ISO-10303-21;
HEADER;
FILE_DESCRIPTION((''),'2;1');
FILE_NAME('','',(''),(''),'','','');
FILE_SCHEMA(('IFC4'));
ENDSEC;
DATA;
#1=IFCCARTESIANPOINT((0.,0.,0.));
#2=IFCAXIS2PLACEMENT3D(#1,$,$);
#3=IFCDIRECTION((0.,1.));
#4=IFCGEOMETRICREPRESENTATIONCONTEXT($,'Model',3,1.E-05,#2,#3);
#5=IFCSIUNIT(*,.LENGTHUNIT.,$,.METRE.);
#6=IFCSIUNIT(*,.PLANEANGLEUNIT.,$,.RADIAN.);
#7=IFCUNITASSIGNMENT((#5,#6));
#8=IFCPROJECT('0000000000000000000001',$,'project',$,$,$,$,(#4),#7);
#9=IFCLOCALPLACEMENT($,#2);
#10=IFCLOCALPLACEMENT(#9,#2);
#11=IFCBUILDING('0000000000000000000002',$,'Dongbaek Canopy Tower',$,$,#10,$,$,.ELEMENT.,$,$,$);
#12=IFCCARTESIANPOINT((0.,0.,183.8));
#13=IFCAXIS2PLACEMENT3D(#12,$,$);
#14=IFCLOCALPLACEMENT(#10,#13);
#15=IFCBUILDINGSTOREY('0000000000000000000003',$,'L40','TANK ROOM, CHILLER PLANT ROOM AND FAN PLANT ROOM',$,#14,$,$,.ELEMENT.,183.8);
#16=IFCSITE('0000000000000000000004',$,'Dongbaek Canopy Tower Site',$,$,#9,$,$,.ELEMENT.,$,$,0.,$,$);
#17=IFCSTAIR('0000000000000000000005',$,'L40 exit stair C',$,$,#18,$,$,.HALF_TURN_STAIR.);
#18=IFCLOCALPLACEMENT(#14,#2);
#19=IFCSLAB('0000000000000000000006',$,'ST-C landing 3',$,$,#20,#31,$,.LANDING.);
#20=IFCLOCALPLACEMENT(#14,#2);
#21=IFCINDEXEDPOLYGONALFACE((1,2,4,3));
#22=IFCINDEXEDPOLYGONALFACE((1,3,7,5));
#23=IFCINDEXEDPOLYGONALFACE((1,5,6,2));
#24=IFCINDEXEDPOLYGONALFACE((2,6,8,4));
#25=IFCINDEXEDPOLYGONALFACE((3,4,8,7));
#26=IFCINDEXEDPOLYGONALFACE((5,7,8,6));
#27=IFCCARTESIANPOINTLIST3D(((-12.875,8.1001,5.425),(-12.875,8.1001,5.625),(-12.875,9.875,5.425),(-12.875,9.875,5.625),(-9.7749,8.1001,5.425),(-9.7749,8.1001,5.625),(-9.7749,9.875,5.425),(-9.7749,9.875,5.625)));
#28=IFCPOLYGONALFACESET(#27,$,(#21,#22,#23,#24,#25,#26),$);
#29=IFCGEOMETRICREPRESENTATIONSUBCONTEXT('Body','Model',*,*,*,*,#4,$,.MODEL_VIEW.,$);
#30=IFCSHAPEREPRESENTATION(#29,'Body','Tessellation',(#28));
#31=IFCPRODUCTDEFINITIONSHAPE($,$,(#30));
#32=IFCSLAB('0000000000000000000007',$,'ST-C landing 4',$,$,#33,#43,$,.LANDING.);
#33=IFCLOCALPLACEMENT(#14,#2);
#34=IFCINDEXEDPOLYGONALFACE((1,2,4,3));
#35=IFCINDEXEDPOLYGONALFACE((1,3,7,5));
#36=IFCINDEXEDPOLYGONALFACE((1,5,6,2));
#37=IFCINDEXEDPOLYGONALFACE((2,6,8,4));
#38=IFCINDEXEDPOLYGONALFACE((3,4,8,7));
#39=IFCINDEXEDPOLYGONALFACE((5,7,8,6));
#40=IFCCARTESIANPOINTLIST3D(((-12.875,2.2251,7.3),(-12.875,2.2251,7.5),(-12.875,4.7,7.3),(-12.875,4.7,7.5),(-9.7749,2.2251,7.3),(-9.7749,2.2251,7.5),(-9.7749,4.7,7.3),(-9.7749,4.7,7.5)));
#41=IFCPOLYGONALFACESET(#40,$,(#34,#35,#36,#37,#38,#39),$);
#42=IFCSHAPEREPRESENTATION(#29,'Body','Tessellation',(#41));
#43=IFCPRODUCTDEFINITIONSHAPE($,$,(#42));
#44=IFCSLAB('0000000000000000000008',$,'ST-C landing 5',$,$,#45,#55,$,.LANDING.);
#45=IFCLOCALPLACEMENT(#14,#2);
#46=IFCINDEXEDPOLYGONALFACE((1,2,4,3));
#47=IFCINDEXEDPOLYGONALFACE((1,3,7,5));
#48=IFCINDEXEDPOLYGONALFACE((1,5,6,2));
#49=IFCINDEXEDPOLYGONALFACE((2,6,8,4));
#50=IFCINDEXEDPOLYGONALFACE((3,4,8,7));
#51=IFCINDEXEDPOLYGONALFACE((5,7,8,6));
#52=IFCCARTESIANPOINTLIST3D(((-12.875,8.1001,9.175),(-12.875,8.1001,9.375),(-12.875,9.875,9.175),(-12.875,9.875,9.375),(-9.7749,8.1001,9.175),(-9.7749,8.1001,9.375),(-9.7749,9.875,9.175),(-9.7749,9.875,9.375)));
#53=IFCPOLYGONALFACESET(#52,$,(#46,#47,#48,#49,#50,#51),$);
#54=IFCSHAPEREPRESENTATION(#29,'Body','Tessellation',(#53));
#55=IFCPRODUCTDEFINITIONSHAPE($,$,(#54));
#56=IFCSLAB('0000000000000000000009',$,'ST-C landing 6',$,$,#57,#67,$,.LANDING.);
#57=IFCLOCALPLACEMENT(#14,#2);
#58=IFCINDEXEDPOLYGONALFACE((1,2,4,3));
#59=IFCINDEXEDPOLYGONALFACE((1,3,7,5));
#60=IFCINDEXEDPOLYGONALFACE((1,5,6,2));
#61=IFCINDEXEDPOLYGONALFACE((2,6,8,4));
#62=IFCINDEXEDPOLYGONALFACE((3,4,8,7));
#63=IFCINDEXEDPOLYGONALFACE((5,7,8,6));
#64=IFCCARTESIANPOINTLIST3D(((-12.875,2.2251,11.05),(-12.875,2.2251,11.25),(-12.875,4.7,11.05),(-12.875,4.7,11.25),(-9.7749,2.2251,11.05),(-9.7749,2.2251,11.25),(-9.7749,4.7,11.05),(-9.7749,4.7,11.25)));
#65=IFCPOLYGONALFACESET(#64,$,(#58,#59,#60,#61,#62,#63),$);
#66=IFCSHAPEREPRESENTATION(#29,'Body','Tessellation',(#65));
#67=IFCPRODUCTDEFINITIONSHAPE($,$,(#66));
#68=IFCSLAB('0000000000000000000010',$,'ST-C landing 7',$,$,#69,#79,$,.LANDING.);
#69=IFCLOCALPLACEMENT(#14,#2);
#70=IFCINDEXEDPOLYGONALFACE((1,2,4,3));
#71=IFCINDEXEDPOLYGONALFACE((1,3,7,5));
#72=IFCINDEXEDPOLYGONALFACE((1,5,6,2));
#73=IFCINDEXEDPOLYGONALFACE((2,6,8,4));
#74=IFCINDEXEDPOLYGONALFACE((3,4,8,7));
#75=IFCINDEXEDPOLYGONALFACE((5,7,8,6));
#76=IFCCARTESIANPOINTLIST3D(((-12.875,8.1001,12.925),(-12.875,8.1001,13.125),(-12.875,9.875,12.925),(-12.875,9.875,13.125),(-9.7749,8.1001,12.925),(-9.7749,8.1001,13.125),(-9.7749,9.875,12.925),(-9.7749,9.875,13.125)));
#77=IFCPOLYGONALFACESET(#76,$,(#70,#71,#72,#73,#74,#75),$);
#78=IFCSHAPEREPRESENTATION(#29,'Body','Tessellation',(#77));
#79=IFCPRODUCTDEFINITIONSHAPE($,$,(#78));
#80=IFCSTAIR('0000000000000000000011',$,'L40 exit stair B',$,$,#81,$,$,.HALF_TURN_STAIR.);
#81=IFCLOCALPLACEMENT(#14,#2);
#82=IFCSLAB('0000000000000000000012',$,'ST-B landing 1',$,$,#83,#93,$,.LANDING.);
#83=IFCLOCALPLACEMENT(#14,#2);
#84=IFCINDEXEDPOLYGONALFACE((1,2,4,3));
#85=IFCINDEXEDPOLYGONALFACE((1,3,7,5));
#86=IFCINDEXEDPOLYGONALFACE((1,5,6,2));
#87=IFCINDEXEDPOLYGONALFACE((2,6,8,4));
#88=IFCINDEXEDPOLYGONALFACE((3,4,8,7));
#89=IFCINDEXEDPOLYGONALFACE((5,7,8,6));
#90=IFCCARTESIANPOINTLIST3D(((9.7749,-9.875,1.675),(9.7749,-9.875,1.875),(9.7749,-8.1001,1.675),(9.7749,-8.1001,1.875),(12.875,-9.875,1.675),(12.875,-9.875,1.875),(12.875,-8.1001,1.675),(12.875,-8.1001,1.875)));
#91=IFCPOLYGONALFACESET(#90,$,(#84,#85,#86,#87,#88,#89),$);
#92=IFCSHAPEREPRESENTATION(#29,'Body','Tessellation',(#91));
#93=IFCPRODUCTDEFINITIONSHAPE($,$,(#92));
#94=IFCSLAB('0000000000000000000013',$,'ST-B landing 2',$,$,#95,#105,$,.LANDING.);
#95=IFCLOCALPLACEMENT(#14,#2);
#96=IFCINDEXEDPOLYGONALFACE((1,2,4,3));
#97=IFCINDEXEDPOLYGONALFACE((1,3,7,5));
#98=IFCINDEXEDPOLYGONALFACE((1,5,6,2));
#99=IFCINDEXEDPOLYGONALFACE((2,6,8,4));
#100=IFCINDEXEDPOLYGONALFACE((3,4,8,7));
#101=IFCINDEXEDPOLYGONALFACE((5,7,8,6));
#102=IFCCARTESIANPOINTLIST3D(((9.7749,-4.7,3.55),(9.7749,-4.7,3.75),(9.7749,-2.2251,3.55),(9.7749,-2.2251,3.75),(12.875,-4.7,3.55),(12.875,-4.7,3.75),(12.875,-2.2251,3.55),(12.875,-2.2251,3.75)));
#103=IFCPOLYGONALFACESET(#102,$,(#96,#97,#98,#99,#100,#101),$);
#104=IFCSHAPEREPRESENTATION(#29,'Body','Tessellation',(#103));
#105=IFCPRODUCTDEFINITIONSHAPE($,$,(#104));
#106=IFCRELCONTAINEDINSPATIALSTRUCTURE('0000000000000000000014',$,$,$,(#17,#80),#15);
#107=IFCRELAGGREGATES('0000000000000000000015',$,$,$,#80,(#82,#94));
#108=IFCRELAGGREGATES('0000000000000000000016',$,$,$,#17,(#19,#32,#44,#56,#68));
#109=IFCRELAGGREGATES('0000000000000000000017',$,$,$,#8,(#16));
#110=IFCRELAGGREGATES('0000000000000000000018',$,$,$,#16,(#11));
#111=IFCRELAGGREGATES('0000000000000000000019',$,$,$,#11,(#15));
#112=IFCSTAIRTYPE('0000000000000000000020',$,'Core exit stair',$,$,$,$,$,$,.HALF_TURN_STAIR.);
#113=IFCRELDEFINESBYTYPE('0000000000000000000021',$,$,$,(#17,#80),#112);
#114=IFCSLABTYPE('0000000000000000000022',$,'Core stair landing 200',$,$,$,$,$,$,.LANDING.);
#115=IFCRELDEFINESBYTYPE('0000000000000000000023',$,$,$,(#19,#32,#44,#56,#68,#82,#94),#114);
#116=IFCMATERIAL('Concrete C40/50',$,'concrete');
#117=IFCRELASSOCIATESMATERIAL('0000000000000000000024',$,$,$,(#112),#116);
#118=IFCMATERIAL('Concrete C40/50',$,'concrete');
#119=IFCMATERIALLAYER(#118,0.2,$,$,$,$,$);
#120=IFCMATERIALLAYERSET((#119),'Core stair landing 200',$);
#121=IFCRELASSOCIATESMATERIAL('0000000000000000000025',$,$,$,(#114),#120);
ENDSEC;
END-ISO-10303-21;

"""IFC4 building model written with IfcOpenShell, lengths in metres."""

from ifc_helpers import new_model, si_unit, direction, frame, origin, place, context, subcontext, project, spatial, polyline, outline, extrude, material, layer, layer_set, type_object, element, aggregate, save


model = new_model("IFC4")

# Units and contexts
model_context = context("Model", 3, precision=1e-05, world=origin(), true_north=direction((0.0, 1.0)))
body_context = subcontext(model_context, "Body", "Model", "MODEL_VIEW")
ifc_project = project(units=[si_unit("LENGTHUNIT", "METRE"), si_unit("PLANEANGLEUNIT", "RADIAN")], contexts=[model_context])

# Site, building, storey
site_placement = place(None, origin())
site = spatial("IfcSite", under=ifc_project, at=site_placement, Name="Dongbaek Canopy Tower Site", CompositionType="ELEMENT", RefElevation=0.0)
building_placement = place(site_placement, origin())
building = spatial("IfcBuilding", under=site, at=building_placement, Name="Dongbaek Canopy Tower", CompositionType="ELEMENT")
storey_placement = place(building_placement, frame((0.0, 0.0, 183.8)))
storey = spatial("IfcBuildingStorey", under=building, at=storey_placement, Name="L40", Description="TANK ROOM, CHILLER PLANT ROOM AND FAN PLANT ROOM", CompositionType="ELEMENT", Elevation=183.8)

# Stairs, slabs
ifc_material_1 = material(Name="Concrete C40/50", Category="concrete")
stair_type = type_object("IfcStairType", Name="Core exit stair", PredefinedType="HALF_TURN_STAIR", material=ifc_material_1)
stair_1_placement = place(storey_placement, origin())
stair_1 = element("IfcStair", 1, at=stair_1_placement, inside=storey, type_object=stair_type, Name="L40 exit stair C", PredefinedType="HALF_TURN_STAIR")
ifc_material_2 = material(Name="Concrete C40/50", Category="concrete")
ifc_layer_1 = layer(ifc_material_2, 0.2)
ifc_layer_set_1 = layer_set([ifc_layer_1], Name="Core stair landing 200")
slab_type = type_object("IfcSlabType", Name="Core stair landing 200", PredefinedType="LANDING", material=ifc_layer_set_1)
slab_1_placement = place(storey_placement, frame((0.0, 0.0, 5.425)))
slab_1 = element("IfcSlab", 2, at=slab_1_placement, type_object=slab_type, Name="ST-C landing 3", PredefinedType="LANDING", context=body_context, shape_type="SweptSolid", body=[
    extrude(outline(polyline([(-9.7749, 8.1001), (-9.7749, 9.875), (-12.875, 9.875), (-12.875, 8.1001), (-9.7749, 8.1001)])), origin(), (0.0, 0.0, 1.0), 0.2),
])
slab_2_placement = place(storey_placement, frame((0.0, 0.0, 7.3)))
slab_2 = element("IfcSlab", 3, at=slab_2_placement, type_object=slab_type, Name="ST-C landing 4", PredefinedType="LANDING", context=body_context, shape_type="SweptSolid", body=[
    extrude(outline(polyline([(-9.7749, 2.2251), (-9.7749, 4.7), (-12.875, 4.7), (-12.875, 2.2251), (-9.7749, 2.2251)])), origin(), (0.0, 0.0, 1.0), 0.2),
])
slab_3_placement = place(storey_placement, frame((0.0, 0.0, 9.175)))
slab_3 = element("IfcSlab", 4, at=slab_3_placement, type_object=slab_type, Name="ST-C landing 5", PredefinedType="LANDING", context=body_context, shape_type="SweptSolid", body=[
    extrude(outline(polyline([(-9.7749, 8.1001), (-9.7749, 9.875), (-12.875, 9.875), (-12.875, 8.1001), (-9.7749, 8.1001)])), origin(), (0.0, 0.0, 1.0), 0.2),
])
slab_4_placement = place(storey_placement, frame((0.0, 0.0, 11.05)))
slab_4 = element("IfcSlab", 5, at=slab_4_placement, type_object=slab_type, Name="ST-C landing 6", PredefinedType="LANDING", context=body_context, shape_type="SweptSolid", body=[
    extrude(outline(polyline([(-9.7749, 2.2251), (-9.7749, 4.7), (-12.875, 4.7), (-12.875, 2.2251), (-9.7749, 2.2251)])), origin(), (0.0, 0.0, 1.0), 0.2),
])
slab_5_placement = place(storey_placement, frame((0.0, 0.0, 12.925)))
slab_5 = element("IfcSlab", 6, at=slab_5_placement, type_object=slab_type, Name="ST-C landing 7", PredefinedType="LANDING", context=body_context, shape_type="SweptSolid", body=[
    extrude(outline(polyline([(-9.7749, 8.1001), (-9.7749, 9.875), (-12.875, 9.875), (-12.875, 8.1001), (-9.7749, 8.1001)])), origin(), (0.0, 0.0, 1.0), 0.2),
])
stair_2_placement = place(storey_placement, origin())
stair_2 = element("IfcStair", 7, at=stair_2_placement, inside=storey, type_object=stair_type, Name="L40 exit stair B", PredefinedType="HALF_TURN_STAIR")
slab_6_placement = place(storey_placement, frame((0.0, 0.0, 1.675)))
slab_6 = element("IfcSlab", 8, at=slab_6_placement, type_object=slab_type, Name="ST-B landing 1", PredefinedType="LANDING", context=body_context, shape_type="SweptSolid", body=[
    extrude(outline(polyline([(9.7749, -8.1001), (9.7749, -9.875), (12.875, -9.875), (12.875, -8.1001), (9.7749, -8.1001)])), origin(), (0.0, 0.0, 1.0), 0.2),
])
slab_7_placement = place(storey_placement, frame((0.0, 0.0, 3.55)))
slab_7 = element("IfcSlab", 9, at=slab_7_placement, type_object=slab_type, Name="ST-B landing 2", PredefinedType="LANDING", context=body_context, shape_type="SweptSolid", body=[
    extrude(outline(polyline([(9.7749, -2.2251), (9.7749, -4.7), (12.875, -4.7), (12.875, -2.2251), (9.7749, -2.2251)])), origin(), (0.0, 0.0, 1.0), 0.2),
])
aggregate(stair_2, [slab_6, slab_7])

aggregate(stair_1, [slab_1, slab_2, slab_3, slab_4, slab_5])

save(model, "model.ifc")
